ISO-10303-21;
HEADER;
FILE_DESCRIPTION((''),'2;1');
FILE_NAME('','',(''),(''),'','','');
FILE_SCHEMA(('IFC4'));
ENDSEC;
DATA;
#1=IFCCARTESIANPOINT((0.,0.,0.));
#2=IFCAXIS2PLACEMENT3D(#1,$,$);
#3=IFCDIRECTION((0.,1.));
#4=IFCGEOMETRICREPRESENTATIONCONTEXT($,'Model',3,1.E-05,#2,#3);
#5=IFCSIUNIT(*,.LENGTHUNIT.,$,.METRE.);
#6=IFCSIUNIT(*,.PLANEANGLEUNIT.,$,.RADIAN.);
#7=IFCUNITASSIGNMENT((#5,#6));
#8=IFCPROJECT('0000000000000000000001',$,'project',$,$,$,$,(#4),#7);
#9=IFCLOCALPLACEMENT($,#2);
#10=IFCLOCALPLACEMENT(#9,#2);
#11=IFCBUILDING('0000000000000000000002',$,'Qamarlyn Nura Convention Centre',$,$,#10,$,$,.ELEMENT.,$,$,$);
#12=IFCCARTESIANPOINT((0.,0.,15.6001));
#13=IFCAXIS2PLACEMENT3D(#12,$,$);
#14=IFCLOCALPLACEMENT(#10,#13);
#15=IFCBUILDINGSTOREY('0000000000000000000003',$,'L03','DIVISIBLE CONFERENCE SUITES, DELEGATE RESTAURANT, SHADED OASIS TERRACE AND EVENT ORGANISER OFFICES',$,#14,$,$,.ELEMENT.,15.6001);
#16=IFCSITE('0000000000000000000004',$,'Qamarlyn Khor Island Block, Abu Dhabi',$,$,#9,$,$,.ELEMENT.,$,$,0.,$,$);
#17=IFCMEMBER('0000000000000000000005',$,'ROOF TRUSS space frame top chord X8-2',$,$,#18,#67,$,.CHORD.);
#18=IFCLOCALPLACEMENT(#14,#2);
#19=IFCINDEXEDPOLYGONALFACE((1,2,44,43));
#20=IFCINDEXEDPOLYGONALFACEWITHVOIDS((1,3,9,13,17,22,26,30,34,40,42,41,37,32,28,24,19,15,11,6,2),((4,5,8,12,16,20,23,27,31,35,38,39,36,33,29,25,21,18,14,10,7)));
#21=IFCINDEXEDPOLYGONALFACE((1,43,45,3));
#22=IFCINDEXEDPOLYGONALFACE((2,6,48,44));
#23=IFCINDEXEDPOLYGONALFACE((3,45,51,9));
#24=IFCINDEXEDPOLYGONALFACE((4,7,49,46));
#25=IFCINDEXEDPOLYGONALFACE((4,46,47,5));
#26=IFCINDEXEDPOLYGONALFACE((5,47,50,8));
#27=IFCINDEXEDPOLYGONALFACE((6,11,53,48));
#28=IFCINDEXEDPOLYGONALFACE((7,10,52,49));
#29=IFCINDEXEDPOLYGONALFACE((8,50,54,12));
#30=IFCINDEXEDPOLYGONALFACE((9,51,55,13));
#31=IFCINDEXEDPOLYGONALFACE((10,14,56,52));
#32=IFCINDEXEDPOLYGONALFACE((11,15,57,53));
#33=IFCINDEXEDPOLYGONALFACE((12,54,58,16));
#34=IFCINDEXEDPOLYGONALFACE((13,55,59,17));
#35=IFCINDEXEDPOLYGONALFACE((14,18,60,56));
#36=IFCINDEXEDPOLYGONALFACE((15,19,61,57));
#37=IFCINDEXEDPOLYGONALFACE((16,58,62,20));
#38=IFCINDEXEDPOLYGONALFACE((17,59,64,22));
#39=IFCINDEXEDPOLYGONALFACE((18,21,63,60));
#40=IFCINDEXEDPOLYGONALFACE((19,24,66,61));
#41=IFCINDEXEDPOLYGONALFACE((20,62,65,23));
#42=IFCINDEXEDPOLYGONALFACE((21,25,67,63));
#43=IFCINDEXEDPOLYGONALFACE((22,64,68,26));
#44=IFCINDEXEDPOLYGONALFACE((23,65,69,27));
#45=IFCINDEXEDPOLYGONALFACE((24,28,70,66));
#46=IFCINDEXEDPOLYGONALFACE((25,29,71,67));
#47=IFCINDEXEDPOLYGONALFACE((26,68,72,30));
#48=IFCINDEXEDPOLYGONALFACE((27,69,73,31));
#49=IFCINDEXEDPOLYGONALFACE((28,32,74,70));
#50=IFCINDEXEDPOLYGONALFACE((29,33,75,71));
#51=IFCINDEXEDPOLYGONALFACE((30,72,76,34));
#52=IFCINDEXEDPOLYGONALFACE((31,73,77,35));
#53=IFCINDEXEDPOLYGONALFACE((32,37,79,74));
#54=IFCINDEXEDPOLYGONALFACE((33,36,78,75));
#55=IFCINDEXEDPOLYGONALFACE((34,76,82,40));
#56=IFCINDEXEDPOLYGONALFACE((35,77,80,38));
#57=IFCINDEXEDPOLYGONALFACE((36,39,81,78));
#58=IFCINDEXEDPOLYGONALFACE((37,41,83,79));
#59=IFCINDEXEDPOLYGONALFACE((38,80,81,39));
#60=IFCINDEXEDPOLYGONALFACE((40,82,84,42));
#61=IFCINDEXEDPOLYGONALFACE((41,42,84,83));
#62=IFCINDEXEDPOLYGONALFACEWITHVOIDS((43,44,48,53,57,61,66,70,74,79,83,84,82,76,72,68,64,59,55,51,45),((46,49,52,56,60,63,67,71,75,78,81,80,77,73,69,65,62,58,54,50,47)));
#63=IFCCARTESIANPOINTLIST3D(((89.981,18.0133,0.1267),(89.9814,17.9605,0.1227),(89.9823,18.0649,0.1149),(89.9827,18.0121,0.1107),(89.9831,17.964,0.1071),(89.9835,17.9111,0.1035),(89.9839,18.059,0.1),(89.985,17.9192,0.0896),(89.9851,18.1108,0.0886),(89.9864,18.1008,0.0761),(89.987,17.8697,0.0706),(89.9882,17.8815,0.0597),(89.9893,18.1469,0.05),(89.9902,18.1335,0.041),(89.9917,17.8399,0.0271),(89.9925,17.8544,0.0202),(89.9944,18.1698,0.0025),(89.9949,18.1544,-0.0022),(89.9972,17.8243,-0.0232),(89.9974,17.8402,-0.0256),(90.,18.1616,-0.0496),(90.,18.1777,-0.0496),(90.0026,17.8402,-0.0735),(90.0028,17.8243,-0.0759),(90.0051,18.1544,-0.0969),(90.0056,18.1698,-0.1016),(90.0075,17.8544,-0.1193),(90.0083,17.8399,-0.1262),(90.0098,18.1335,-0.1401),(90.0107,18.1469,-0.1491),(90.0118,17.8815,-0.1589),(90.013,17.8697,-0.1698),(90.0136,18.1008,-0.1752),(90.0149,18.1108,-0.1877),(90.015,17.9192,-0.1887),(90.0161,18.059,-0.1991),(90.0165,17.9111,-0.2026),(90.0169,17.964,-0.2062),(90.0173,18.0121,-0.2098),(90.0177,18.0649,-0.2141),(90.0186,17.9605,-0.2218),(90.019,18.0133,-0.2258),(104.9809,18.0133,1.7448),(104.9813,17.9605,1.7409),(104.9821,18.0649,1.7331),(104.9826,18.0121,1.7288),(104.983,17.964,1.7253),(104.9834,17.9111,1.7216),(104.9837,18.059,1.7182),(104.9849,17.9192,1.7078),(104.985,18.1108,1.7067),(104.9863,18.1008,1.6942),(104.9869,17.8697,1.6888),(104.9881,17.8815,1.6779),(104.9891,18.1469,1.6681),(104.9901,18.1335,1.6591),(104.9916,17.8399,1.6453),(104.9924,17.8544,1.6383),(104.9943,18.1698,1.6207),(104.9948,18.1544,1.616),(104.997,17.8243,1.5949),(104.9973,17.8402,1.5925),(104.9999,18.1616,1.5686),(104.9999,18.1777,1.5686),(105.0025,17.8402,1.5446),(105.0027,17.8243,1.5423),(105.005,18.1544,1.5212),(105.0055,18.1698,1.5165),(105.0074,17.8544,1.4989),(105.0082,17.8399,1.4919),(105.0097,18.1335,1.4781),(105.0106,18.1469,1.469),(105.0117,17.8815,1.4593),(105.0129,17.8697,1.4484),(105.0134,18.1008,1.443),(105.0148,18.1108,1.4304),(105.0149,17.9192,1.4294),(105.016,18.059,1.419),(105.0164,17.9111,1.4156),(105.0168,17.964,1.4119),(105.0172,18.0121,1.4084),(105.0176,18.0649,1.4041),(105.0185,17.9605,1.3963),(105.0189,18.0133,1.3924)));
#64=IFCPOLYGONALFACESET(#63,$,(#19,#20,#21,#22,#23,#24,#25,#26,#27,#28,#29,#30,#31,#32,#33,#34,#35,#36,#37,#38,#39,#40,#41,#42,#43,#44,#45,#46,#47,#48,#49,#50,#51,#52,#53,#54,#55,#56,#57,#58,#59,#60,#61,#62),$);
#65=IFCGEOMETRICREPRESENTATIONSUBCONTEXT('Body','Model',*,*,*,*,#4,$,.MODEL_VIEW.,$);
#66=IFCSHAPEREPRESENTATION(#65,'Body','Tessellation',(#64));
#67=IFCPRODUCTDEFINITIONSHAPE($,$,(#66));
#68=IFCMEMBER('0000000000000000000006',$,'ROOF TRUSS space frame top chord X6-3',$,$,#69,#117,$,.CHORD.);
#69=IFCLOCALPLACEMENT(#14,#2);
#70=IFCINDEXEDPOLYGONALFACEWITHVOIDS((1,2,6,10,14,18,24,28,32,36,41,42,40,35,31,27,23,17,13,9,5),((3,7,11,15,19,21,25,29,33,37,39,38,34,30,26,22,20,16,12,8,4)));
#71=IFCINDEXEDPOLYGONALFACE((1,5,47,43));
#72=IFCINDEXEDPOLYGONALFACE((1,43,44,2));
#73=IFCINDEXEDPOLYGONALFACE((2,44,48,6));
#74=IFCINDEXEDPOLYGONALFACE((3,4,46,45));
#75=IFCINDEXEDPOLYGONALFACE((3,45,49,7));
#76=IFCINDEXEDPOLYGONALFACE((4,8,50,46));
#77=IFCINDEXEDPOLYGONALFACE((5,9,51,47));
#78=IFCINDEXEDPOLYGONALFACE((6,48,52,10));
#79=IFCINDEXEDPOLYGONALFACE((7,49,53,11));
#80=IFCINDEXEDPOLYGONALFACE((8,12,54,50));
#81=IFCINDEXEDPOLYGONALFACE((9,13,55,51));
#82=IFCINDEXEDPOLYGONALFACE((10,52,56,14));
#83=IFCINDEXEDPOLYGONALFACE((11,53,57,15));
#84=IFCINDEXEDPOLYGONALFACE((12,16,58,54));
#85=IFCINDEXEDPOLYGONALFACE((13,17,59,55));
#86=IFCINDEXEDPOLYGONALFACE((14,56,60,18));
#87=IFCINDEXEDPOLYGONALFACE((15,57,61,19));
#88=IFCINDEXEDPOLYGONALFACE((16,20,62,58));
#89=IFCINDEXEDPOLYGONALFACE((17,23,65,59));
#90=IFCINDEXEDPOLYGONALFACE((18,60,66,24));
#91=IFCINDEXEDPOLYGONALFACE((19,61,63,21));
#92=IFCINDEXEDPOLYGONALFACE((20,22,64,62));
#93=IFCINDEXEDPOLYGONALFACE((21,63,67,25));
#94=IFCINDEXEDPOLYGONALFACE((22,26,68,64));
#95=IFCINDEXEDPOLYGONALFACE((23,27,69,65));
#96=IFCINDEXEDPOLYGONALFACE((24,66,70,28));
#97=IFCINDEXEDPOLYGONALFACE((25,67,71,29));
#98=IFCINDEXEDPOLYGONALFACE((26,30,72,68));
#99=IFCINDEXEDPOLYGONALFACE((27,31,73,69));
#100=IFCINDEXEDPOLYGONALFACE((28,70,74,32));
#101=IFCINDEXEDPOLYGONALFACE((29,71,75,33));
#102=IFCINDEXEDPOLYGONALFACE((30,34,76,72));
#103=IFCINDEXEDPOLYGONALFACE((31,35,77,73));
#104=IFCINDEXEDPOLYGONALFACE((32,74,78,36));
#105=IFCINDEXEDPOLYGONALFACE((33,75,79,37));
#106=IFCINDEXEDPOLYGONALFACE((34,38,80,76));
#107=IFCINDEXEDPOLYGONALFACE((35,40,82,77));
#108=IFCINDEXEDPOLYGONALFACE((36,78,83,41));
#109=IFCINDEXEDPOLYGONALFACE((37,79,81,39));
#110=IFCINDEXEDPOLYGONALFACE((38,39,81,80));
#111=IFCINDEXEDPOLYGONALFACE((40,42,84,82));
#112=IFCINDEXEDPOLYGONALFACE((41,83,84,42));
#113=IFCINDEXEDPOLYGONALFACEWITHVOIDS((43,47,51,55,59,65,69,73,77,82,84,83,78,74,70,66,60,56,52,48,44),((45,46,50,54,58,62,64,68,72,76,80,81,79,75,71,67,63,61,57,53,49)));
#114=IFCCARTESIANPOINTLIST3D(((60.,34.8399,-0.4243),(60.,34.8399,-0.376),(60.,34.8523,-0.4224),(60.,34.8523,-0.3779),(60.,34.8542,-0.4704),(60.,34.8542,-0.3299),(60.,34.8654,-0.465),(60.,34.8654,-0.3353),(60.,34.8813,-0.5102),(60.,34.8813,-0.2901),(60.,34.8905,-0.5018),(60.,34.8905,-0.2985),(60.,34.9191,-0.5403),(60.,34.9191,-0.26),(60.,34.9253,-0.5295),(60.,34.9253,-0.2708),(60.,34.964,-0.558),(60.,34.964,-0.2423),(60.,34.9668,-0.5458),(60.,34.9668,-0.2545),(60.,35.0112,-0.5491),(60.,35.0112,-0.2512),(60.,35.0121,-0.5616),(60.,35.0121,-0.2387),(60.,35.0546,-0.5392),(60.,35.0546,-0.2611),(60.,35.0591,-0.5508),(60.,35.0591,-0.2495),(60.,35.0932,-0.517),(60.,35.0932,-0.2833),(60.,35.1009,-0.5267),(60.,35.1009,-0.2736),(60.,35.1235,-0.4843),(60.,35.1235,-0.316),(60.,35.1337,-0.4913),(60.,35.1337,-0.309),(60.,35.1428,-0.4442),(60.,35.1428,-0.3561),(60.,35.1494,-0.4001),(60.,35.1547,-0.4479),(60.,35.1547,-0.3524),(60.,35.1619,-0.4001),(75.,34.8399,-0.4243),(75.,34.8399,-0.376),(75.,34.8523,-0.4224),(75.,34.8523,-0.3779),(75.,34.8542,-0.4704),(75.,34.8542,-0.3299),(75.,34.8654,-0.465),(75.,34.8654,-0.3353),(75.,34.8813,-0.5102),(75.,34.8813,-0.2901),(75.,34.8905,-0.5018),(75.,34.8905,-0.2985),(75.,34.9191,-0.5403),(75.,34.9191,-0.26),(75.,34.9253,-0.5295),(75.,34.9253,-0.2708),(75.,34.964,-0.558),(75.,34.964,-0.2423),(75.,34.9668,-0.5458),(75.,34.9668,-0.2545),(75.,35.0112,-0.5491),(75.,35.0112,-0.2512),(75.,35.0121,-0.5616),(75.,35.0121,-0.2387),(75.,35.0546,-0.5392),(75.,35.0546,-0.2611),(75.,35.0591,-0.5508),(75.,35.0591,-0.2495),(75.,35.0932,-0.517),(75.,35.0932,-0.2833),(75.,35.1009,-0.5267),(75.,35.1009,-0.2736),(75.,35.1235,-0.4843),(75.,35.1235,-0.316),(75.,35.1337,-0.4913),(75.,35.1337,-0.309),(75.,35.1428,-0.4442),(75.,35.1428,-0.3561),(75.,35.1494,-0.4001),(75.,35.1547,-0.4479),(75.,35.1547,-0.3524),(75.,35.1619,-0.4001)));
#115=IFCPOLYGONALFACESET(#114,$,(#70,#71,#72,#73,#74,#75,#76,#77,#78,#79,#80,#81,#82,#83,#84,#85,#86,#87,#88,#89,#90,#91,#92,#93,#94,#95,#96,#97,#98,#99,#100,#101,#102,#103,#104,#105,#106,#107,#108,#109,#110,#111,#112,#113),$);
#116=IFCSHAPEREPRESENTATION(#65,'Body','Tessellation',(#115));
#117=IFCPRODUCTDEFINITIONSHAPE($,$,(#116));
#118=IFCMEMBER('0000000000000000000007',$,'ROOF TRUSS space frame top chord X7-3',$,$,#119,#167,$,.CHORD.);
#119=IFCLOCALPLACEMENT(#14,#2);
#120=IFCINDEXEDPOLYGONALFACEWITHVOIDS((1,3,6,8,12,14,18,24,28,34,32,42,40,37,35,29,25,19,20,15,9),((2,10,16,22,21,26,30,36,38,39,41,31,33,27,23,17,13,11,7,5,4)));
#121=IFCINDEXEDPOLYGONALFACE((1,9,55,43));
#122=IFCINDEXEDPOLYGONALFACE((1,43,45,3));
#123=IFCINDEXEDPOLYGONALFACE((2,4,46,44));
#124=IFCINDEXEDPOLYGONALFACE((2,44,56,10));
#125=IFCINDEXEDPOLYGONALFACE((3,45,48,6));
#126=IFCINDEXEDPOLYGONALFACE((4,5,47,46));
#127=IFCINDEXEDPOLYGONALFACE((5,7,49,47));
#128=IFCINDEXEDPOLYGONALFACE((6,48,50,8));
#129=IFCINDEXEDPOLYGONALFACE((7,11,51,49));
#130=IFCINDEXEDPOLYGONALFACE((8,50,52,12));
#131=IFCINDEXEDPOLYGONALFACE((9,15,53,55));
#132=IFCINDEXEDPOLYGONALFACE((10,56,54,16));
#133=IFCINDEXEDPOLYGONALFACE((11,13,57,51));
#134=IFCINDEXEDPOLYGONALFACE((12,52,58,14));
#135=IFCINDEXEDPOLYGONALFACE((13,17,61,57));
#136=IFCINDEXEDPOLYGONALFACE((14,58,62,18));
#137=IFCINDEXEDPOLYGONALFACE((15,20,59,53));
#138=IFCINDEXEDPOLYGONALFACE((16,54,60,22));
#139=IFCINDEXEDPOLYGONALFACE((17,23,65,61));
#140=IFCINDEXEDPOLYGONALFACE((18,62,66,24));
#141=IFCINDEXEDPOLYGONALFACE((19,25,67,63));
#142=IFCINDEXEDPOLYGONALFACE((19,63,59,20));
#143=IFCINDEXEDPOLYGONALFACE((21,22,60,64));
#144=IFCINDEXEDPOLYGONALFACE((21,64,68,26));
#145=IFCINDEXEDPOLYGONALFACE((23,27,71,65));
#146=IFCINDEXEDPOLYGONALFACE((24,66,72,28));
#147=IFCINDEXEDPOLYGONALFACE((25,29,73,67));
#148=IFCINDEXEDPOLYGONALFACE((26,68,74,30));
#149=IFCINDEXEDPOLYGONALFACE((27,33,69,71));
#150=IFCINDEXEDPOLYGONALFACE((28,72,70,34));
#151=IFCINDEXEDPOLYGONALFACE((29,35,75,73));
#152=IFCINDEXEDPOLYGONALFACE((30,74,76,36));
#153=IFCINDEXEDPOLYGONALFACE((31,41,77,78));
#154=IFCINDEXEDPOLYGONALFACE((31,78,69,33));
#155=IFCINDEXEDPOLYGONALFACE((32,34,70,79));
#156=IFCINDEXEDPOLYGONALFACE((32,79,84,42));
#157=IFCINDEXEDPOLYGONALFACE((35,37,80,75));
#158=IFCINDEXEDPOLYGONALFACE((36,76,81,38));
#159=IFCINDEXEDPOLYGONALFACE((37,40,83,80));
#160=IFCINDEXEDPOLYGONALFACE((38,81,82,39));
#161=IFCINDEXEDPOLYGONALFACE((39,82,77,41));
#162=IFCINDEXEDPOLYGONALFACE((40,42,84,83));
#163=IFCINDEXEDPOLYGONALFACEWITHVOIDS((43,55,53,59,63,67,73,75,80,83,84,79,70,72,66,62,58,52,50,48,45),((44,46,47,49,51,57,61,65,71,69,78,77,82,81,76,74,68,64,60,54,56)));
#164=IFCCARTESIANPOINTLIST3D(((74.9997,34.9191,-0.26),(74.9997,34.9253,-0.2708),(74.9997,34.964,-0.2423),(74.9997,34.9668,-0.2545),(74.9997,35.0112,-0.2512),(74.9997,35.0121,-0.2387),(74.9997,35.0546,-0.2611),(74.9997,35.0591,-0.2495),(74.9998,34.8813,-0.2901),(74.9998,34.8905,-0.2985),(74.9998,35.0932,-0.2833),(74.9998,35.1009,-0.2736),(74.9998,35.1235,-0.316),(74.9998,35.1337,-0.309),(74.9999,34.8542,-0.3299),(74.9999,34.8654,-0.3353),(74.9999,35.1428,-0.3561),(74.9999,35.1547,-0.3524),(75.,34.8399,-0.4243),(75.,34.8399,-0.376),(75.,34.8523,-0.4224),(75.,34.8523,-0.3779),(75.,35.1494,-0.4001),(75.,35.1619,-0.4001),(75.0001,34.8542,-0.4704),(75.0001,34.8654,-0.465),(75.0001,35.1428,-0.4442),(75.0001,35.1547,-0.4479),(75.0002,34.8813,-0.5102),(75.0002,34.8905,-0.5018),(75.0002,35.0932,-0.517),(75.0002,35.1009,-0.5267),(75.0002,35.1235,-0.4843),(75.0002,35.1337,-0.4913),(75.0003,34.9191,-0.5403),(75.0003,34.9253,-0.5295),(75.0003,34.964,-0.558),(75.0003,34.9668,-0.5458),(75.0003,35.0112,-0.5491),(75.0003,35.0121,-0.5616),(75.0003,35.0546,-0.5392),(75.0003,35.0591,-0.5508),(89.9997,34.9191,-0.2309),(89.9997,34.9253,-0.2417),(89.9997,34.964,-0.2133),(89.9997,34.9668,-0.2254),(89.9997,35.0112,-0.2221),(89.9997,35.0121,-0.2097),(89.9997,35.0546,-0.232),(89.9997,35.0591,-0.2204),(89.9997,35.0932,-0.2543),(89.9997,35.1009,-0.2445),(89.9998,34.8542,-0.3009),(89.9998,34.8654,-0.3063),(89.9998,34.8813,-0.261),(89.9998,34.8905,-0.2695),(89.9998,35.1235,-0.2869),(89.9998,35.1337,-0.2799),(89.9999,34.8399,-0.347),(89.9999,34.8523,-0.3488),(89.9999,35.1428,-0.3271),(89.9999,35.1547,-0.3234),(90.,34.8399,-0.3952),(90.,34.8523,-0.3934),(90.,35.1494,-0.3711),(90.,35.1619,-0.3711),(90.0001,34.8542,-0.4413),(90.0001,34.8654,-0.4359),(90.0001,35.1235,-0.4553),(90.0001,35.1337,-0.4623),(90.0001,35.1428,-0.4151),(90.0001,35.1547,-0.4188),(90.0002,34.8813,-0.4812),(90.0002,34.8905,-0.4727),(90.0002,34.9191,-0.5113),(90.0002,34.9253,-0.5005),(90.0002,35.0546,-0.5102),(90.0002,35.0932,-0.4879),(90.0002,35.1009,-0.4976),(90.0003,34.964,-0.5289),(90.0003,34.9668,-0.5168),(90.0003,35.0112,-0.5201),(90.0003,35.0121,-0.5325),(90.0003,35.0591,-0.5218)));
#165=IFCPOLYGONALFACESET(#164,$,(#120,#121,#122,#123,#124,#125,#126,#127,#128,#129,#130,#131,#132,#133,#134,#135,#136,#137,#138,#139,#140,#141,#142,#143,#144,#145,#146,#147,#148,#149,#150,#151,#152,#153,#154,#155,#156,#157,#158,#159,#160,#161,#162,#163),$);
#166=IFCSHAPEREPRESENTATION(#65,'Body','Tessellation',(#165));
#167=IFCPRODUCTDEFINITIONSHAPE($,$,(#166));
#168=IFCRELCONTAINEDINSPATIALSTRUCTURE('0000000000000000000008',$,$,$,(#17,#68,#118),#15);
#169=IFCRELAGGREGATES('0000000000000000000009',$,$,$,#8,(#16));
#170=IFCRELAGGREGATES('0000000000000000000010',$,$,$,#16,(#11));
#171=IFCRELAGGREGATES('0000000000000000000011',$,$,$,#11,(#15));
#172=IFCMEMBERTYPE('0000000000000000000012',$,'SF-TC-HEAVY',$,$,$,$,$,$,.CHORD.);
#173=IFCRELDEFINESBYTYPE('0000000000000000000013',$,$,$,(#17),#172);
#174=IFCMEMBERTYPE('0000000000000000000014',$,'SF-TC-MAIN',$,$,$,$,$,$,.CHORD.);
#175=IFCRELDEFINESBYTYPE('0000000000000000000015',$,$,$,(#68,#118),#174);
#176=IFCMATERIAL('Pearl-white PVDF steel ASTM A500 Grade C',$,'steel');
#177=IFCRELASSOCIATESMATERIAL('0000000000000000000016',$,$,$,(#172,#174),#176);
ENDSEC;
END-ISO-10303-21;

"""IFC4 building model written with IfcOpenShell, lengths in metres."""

from ifc_helpers import new_model, si_unit, direction, frame, origin, origin_2d, place, context, subcontext, project, spatial, hollow_circle, extrude, material, material_profile, profile_set, type_object, element, save


model = new_model("IFC4")

# Units and contexts
model_context = context("Model", 3, precision=1e-05, world=origin(), true_north=direction((0.0, 1.0)))
body_context = subcontext(model_context, "Body", "Model", "MODEL_VIEW")
ifc_project = project(units=[si_unit("LENGTHUNIT", "METRE"), si_unit("PLANEANGLEUNIT", "RADIAN")], contexts=[model_context])

# Site, building, storey
site_placement = place(None, origin())
site = spatial("IfcSite", under=ifc_project, at=site_placement, Name="Qamarlyn Khor Island Block, Abu Dhabi", CompositionType="ELEMENT", RefElevation=0.0)
building_placement = place(site_placement, origin())
building = spatial("IfcBuilding", under=site, at=building_placement, Name="Qamarlyn Nura Convention Centre", CompositionType="ELEMENT")
storey_placement = place(building_placement, frame((0.0, 0.0, 15.6001)))
storey = spatial("IfcBuildingStorey", under=building, at=storey_placement, Name="L03", Description="DIVISIBLE CONFERENCE SUITES, DELEGATE RESTAURANT, SHADED OASIS TERRACE AND EVENT ORGANISER OFFICES", CompositionType="ELEMENT", Elevation=15.6001)

# Members
ifc_material_1 = material(Name="Pearl-white PVDF steel ASTM A500 Grade C", Category="steel")
ifc_material_profile_1 = material_profile(ifc_material_1, hollow_circle(Radius=0.1777, WallThickness=0.0161, at=origin_2d()), Name="CHS355.6X16")
ifc_profile_set_1 = profile_set([ifc_material_profile_1], Name="Pearl-white PVDF steel ASTM A500 Grade C")
member_type_1 = type_object("IfcMemberType", Name="SF-TC-HEAVY", PredefinedType="CHORD", material=ifc_profile_set_1)
member_1_placement = place(storey_placement, frame((90.0, 18.0, -0.0496), z_axis=(0.994232, 0.0, 0.107255), x_axis=(0.0, 1.0, 0.0)))
element("IfcMember", 1, at=member_1_placement, inside=storey, type_object=member_type_1, Name="ROOF TRUSS space frame top chord X8-2", PredefinedType="CHORD", context=body_context, shape_type="SweptSolid", body=[
    extrude(hollow_circle(Radius=0.1777, WallThickness=0.0161, at=origin_2d()), origin(), (0.0, 0.0, 1.0), 15.0869),
])
ifc_material_profile_2 = material_profile(ifc_material_1, hollow_circle(Radius=0.1619, WallThickness=0.0125, at=origin_2d()), Name="CHS323.9X12.5")
ifc_profile_set_2 = profile_set([ifc_material_profile_2], Name="Pearl-white PVDF steel ASTM A500 Grade C")
member_type_2 = type_object("IfcMemberType", Name="SF-TC-MAIN", PredefinedType="CHORD", material=ifc_profile_set_2)
for number, where, z_axis, x_axis, name in (
    (2, (60.0, 35.0, -0.4001), (1.0, 0.0, 0.0), (0.0, 1.0, 0.0), "ROOF TRUSS space frame top chord X6-3"),
    (3, (75.0, 35.0, -0.4001), (0.999998, 0.0, 0.001937), (0.0, 1.0, 0.0), "ROOF TRUSS space frame top chord X7-3"),
):
    element("IfcMember", number, at=place(storey_placement, frame(where, z_axis=z_axis, x_axis=x_axis)), inside=storey, type_object=member_type_2, Name=name, PredefinedType="CHORD", context=body_context, shape_type="SweptSolid", body=[
        extrude(hollow_circle(Radius=0.1619, WallThickness=0.0125, at=origin_2d()), origin(), (0.0, 0.0, 1.0), 15.0),
    ])

save(model, "model.ifc")
